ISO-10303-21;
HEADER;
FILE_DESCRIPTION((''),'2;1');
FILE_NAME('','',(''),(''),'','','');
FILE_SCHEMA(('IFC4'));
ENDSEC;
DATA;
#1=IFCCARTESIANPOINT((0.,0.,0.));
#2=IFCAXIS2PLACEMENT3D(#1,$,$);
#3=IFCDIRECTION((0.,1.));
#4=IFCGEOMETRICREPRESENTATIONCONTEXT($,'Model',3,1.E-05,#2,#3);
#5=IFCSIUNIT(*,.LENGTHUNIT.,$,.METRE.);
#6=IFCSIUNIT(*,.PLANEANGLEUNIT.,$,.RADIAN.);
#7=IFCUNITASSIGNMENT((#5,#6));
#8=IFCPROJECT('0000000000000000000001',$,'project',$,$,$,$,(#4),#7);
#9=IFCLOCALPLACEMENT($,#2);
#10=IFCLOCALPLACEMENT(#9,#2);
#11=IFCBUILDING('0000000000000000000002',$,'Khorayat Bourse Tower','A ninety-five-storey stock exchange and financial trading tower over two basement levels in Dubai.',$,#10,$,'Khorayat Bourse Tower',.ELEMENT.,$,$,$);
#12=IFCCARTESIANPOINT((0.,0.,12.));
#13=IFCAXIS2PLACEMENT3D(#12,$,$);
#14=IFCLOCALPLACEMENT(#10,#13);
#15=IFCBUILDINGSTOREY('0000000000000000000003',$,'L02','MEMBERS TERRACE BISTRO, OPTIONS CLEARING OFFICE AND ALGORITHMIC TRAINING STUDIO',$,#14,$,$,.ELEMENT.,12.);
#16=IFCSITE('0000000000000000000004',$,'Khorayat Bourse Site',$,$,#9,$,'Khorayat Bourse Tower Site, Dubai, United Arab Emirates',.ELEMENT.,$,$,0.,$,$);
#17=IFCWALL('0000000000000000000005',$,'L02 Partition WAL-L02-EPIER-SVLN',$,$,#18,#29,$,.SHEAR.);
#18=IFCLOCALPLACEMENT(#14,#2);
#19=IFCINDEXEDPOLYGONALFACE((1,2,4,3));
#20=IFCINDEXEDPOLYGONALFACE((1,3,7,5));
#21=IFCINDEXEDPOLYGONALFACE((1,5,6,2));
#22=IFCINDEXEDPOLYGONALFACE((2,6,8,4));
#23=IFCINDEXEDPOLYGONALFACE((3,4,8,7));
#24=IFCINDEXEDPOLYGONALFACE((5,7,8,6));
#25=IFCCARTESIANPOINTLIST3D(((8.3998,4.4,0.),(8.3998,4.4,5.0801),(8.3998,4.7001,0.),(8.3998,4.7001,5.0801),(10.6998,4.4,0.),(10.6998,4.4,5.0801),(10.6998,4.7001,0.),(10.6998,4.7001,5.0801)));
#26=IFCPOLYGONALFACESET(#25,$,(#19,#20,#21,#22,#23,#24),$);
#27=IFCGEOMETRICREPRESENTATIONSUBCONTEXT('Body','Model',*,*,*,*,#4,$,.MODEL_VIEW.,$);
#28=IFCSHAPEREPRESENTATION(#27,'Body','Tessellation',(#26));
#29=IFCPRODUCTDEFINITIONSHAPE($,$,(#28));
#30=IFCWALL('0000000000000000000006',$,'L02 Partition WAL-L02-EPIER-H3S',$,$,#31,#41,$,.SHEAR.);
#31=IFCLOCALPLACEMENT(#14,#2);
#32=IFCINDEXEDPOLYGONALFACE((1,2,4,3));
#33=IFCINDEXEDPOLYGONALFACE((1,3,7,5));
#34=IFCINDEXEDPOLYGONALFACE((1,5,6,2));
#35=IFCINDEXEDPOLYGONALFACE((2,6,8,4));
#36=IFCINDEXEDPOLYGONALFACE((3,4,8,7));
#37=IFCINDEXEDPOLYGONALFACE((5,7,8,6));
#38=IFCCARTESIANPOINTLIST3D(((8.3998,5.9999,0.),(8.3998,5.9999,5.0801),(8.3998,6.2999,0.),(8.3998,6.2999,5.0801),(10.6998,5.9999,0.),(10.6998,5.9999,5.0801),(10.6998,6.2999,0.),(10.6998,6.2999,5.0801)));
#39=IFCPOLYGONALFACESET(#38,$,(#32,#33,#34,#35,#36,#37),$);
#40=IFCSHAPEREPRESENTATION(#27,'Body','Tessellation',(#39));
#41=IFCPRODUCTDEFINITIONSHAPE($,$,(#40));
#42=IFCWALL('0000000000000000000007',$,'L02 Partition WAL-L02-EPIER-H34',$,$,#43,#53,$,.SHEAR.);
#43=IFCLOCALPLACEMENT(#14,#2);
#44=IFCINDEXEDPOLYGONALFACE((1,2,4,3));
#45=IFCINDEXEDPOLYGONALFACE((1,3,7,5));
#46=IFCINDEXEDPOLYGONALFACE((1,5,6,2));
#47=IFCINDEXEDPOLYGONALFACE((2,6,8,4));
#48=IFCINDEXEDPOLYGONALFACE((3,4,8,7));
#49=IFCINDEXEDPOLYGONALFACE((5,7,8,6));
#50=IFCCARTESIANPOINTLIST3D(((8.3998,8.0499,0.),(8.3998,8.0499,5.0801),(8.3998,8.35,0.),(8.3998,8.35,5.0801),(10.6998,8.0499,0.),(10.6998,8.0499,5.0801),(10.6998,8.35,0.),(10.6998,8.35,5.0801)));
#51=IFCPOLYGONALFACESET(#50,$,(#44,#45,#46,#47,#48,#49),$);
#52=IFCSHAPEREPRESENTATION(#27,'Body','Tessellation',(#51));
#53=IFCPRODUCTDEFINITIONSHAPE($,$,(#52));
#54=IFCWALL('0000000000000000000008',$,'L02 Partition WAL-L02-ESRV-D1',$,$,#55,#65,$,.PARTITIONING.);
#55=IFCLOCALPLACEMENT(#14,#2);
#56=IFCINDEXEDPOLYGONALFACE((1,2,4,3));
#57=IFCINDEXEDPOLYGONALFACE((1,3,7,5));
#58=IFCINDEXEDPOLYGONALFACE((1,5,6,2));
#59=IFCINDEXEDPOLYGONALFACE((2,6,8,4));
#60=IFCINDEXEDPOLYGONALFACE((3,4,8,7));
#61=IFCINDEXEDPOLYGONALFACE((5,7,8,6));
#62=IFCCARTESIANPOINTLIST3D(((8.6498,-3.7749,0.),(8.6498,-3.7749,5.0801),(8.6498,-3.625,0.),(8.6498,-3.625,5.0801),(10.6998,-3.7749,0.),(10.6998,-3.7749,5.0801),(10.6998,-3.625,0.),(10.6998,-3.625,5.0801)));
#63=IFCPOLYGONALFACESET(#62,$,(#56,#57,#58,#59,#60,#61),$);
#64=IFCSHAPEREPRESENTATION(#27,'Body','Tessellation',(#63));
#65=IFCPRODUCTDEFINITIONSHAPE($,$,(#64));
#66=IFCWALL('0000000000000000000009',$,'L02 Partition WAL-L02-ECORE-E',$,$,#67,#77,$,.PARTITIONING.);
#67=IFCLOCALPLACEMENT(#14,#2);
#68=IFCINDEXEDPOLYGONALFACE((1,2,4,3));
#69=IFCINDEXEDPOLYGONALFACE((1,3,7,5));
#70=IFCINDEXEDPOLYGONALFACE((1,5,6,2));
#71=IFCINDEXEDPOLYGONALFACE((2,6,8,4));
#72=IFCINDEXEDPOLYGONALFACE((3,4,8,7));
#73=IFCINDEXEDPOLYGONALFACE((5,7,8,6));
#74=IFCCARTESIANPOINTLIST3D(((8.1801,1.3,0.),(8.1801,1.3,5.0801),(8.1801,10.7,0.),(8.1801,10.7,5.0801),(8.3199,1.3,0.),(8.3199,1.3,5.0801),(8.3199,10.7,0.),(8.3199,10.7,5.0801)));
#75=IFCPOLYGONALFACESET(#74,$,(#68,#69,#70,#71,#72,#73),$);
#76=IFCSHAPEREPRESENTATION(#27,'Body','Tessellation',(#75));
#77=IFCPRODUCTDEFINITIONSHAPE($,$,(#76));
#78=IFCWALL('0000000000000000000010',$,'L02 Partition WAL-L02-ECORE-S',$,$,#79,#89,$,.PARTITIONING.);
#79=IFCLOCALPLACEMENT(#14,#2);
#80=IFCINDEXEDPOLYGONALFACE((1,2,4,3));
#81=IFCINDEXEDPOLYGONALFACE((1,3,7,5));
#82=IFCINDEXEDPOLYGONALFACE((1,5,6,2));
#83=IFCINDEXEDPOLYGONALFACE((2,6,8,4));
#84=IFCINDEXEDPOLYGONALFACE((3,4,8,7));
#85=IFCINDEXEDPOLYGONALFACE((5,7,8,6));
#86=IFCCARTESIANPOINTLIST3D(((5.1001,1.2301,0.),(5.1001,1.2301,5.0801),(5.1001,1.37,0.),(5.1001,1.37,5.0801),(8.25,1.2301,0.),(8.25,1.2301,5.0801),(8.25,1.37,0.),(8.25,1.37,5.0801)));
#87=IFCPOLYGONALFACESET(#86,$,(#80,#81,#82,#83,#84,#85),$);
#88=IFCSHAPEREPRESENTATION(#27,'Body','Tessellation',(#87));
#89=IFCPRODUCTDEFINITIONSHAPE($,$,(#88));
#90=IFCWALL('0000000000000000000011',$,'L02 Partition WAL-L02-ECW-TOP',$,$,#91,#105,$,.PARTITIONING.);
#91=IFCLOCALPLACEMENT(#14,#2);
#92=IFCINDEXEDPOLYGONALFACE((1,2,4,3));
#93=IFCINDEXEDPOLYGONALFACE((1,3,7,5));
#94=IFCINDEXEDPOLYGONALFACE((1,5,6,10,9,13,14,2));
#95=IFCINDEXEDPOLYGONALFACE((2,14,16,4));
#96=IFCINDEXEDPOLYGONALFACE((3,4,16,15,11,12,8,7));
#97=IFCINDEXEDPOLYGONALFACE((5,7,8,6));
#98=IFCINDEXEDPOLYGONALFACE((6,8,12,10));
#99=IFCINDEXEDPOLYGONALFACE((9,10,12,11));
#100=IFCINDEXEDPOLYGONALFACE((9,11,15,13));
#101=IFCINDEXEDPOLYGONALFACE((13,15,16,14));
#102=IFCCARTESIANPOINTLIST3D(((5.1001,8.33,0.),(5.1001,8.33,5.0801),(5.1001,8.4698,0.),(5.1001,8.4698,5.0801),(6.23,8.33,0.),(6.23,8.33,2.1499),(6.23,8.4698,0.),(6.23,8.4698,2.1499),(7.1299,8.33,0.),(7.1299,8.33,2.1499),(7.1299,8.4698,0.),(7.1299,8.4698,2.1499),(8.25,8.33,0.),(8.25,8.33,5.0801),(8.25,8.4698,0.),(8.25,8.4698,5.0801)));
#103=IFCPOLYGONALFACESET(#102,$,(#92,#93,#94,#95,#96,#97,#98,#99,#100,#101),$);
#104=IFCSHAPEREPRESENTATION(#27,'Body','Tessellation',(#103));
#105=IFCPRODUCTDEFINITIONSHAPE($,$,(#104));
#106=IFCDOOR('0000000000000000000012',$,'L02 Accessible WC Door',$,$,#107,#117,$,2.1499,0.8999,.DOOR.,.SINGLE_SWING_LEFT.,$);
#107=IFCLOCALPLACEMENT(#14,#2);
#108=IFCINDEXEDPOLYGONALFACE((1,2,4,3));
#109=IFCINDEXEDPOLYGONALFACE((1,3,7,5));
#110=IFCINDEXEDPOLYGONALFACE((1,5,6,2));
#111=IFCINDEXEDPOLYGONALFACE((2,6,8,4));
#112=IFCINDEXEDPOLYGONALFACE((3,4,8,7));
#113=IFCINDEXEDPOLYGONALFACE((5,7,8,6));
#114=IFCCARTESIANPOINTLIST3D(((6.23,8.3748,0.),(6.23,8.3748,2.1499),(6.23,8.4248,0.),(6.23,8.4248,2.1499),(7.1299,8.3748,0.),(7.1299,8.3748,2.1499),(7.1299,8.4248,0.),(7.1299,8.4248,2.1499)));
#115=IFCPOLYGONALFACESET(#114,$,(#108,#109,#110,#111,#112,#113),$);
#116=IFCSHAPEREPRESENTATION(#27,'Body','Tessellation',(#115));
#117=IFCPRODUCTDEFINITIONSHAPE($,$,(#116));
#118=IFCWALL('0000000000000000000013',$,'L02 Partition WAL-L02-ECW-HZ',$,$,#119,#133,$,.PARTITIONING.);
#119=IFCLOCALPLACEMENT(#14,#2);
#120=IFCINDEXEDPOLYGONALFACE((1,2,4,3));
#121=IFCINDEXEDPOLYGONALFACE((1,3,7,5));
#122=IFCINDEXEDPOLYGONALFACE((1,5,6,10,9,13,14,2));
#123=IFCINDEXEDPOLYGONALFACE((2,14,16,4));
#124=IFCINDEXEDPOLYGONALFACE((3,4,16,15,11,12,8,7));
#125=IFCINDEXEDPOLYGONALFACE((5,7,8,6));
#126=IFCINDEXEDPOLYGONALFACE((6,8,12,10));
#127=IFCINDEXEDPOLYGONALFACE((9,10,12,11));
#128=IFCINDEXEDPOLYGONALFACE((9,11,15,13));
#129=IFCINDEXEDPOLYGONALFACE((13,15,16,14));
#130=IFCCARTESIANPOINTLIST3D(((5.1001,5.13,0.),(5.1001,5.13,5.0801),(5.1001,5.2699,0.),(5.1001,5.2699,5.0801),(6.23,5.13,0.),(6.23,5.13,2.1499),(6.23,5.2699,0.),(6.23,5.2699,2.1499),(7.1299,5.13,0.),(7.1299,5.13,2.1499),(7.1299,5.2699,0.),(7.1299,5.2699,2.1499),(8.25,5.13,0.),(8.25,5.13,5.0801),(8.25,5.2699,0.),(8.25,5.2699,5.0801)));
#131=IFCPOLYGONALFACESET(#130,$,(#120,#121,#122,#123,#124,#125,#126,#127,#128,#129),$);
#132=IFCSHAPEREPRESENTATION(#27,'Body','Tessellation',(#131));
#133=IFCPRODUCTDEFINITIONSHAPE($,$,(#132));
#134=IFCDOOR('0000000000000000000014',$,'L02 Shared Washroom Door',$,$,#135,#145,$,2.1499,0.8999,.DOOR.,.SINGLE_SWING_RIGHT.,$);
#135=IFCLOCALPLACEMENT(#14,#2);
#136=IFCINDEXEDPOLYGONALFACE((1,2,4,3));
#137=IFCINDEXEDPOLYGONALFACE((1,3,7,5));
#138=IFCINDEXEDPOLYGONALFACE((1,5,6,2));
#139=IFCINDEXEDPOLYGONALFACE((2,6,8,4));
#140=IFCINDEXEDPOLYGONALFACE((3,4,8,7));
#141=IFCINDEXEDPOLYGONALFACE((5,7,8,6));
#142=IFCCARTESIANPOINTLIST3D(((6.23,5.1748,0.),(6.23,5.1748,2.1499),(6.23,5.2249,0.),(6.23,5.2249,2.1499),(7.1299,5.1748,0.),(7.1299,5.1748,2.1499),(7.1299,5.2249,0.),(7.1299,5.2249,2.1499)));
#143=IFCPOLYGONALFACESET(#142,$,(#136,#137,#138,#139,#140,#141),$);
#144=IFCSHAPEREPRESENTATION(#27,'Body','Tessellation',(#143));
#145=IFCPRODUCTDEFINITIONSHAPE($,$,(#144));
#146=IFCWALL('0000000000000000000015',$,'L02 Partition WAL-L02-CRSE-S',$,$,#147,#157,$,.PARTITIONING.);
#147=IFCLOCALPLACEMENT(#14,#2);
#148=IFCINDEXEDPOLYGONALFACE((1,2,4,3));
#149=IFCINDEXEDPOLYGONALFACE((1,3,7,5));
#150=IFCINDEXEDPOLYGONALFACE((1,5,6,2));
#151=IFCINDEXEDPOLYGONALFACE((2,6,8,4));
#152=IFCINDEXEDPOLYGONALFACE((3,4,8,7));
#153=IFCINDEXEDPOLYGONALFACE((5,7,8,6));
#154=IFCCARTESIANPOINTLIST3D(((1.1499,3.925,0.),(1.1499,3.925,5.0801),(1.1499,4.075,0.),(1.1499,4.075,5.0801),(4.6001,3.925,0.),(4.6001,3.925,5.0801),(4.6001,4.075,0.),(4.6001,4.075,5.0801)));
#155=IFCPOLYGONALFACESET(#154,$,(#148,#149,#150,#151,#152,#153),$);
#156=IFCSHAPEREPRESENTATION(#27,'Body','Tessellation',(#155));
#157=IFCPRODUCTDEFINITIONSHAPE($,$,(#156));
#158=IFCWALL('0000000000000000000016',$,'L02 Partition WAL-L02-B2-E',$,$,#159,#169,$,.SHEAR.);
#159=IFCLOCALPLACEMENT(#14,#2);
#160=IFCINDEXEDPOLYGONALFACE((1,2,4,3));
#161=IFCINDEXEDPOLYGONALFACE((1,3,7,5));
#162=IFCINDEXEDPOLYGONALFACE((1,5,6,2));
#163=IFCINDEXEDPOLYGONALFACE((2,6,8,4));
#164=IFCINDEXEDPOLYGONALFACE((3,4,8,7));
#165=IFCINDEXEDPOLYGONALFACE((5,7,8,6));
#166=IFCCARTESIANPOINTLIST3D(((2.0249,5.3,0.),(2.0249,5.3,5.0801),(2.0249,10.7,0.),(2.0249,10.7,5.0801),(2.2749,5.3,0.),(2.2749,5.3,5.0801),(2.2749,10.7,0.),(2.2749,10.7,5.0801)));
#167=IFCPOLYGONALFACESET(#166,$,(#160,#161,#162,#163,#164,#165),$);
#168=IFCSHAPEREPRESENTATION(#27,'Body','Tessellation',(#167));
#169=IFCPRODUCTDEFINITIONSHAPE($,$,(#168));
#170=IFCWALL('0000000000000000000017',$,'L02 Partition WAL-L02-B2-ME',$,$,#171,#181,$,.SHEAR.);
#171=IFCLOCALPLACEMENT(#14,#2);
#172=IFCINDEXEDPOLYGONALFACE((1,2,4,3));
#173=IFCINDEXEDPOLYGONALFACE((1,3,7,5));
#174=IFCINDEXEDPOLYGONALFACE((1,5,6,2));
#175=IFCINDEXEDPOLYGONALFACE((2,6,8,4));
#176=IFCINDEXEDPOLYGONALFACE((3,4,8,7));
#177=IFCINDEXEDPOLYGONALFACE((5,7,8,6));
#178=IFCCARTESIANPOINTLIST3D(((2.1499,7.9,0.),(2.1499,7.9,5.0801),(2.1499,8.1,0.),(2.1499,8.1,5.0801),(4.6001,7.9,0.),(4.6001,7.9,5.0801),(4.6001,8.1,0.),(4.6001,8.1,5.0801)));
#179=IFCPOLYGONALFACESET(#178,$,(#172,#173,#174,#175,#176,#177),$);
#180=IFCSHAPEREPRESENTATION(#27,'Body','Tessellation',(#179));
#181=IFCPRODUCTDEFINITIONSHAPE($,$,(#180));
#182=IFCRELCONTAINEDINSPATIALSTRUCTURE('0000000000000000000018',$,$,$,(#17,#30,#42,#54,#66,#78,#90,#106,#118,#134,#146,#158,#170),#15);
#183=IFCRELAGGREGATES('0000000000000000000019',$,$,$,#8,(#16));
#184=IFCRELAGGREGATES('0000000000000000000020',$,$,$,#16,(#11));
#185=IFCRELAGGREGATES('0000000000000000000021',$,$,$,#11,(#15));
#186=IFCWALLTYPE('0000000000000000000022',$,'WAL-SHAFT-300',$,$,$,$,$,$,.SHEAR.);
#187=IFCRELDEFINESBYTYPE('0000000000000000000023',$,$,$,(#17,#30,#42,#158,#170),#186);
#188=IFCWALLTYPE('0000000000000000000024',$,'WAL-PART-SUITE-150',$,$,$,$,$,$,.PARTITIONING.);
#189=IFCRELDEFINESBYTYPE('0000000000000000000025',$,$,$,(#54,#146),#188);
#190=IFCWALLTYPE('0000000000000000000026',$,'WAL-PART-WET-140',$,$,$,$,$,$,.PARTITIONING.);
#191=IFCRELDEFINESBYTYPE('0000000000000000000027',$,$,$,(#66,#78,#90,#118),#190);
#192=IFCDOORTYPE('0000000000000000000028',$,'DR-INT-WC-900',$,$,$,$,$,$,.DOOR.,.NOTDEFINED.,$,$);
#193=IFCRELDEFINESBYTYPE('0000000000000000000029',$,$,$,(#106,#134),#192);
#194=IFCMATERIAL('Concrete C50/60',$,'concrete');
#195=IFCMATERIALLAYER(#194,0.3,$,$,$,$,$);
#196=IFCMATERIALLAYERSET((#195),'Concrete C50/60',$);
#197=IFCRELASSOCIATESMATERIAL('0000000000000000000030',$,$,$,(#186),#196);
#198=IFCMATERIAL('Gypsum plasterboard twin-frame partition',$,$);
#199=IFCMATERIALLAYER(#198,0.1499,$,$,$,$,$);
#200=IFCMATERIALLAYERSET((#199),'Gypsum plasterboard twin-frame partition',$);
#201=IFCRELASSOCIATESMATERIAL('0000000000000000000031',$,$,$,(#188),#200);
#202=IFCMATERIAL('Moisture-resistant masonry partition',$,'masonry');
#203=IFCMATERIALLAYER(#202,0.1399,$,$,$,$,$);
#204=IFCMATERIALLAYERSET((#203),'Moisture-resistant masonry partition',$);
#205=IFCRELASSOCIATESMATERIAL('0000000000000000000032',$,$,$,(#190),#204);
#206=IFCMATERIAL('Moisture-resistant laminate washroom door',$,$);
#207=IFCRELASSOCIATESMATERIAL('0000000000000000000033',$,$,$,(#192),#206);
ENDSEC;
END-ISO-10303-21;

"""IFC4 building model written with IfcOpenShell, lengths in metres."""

from ifc_helpers import new_model, si_unit, direction, frame, frame_2d, origin, place, context, subcontext, project, spatial, rectangle, extrude, source, transform, mapped, material, layer, layer_set, type_object, element, fill, save


model = new_model("IFC4")

# Units and contexts
model_context = context("Model", 3, precision=1e-05, world=origin(), true_north=direction((0.0, 1.0)))
body_context = subcontext(model_context, "Body", "Model", "MODEL_VIEW")
ifc_project = project(units=[si_unit("LENGTHUNIT", "METRE"), si_unit("PLANEANGLEUNIT", "RADIAN")], contexts=[model_context])

# Site, building, storey
site_placement = place(None, origin())
site = spatial("IfcSite", under=ifc_project, at=site_placement, Name="Khorayat Bourse Site", LongName="Khorayat Bourse Tower Site, Dubai, United Arab Emirates", CompositionType="ELEMENT", RefElevation=0.0)
building_placement = place(site_placement, origin())
building = spatial("IfcBuilding", under=site, at=building_placement, Name="Khorayat Bourse Tower", Description="A ninety-five-storey stock exchange and financial trading tower over two basement levels in Dubai.", LongName="Khorayat Bourse Tower", CompositionType="ELEMENT")
storey_placement = place(building_placement, frame((0.0, 0.0, 12.0)))
storey = spatial("IfcBuildingStorey", under=building, at=storey_placement, Name="L02", Description="MEMBERS TERRACE BISTRO, OPTIONS CLEARING OFFICE AND ALGORITHMIC TRAINING STUDIO", CompositionType="ELEMENT", Elevation=12.0)

# Walls
ifc_material_1 = material(Name="Concrete C50/60", Category="concrete")
ifc_layer_1 = layer(ifc_material_1, 0.3)
ifc_layer_set_1 = layer_set([ifc_layer_1], Name="Concrete C50/60")
wall_type_1 = type_object("IfcWallType", Name="WAL-SHAFT-300", PredefinedType="SHEAR", material=ifc_layer_set_1)
shared_shape_1 = source(origin(), body_context, "Body", "SweptSolid", [
    extrude(rectangle(XDim=2.3, YDim=0.3, at=frame_2d((1.1499, 0.0))), origin(), (0.0, 0.0, 1.0), 5.0801),
])
for number, where, z_axis, x_axis, name in (
    (1, (8.3999, 4.55, 0.0), (0.0, 0.0, 1.0), (1.0, 0.0, 0.0), "L02 Partition WAL-L02-EPIER-SVLN"),
    (2, (8.3999, 6.1499, 0.0), (0.0, 0.0, 1.0), (1.0, 0.0, 0.0), "L02 Partition WAL-L02-EPIER-H3S"),
    (3, (8.3999, 8.2, 0.0), (0.0, 0.0, 1.0), (1.0, 0.0, 0.0), "L02 Partition WAL-L02-EPIER-H34"),
):
    element("IfcWall", number, at=place(storey_placement, frame(where, z_axis=z_axis, x_axis=x_axis)), inside=storey, type_object=wall_type_1, Name=name, PredefinedType="SHEAR", context=body_context, shape_type="MappedRepresentation", body=[
        mapped(shared_shape_1, transform((0.0, 0.0, 0.0), scale=1.0)),
    ])
ifc_material_2 = material(Name="Gypsum plasterboard twin-frame partition")
ifc_layer_2 = layer(ifc_material_2, 0.1499)
ifc_layer_set_2 = layer_set([ifc_layer_2], Name="Gypsum plasterboard twin-frame partition")
wall_type_2 = type_object("IfcWallType", Name="WAL-PART-SUITE-150", PredefinedType="PARTITIONING", material=ifc_layer_set_2)
shared_shape_2 = source(origin(), body_context, "Body", "SweptSolid", [
    extrude(rectangle(XDim=2.05, YDim=0.1499, at=frame_2d((1.0249, 0.0))), origin(), (0.0, 0.0, 1.0), 5.0801),
])
wall_1_placement = place(storey_placement, frame((8.6499, -3.7, 0.0), z_axis=(0.0, 0.0, 1.0), x_axis=(1.0, 0.0, 0.0)))
element("IfcWall", 4, at=wall_1_placement, inside=storey, type_object=wall_type_2, Name="L02 Partition WAL-L02-ESRV-D1", PredefinedType="PARTITIONING", context=body_context, shape_type="MappedRepresentation", body=[
    mapped(shared_shape_2, transform((0.0, 0.0, 0.0), scale=1.0)),
])
ifc_material_3 = material(Name="Moisture-resistant masonry partition", Category="masonry")
ifc_layer_3 = layer(ifc_material_3, 0.1399)
ifc_layer_set_3 = layer_set([ifc_layer_3], Name="Moisture-resistant masonry partition")
wall_type_3 = type_object("IfcWallType", Name="WAL-PART-WET-140", PredefinedType="PARTITIONING", material=ifc_layer_set_3)
shared_shape_3 = source(origin(), body_context, "Body", "SweptSolid", [
    extrude(rectangle(XDim=9.3999, YDim=0.1399, at=frame_2d((4.7, 0.0))), origin(), (0.0, 0.0, 1.0), 5.0801),
])
wall_2_placement = place(storey_placement, frame((8.25, 1.3, 0.0), z_axis=(0.0, 0.0, 1.0), x_axis=(0.0, 1.0, 0.0)))
element("IfcWall", 5, at=wall_2_placement, inside=storey, type_object=wall_type_3, Name="L02 Partition WAL-L02-ECORE-E", PredefinedType="PARTITIONING", context=body_context, shape_type="MappedRepresentation", body=[
    mapped(shared_shape_3, transform((0.0, 0.0, 0.0), scale=1.0)),
])
shared_shape_4 = source(origin(), body_context, "Body", "SweptSolid", [
    extrude(rectangle(XDim=3.1499, YDim=0.1399, at=frame_2d((1.575, 0.0))), origin(), (0.0, 0.0, 1.0), 5.0801),
])
wall_3_placement = place(storey_placement, frame((5.1001, 1.3, 0.0), z_axis=(0.0, 0.0, 1.0), x_axis=(1.0, 0.0, 0.0)))
element("IfcWall", 6, at=wall_3_placement, inside=storey, type_object=wall_type_3, Name="L02 Partition WAL-L02-ECORE-S", PredefinedType="PARTITIONING", context=body_context, shape_type="MappedRepresentation", body=[
    mapped(shared_shape_4, transform((0.0, 0.0, 0.0), scale=1.0)),
])

# Walls, openings, doors
wall_4_placement = place(storey_placement, frame((5.1001, 8.3999, 0.0), z_axis=(0.0, 0.0, 1.0), x_axis=(1.0, 0.0, 0.0)))
wall_4 = element("IfcWall", 7, at=wall_4_placement, inside=storey, type_object=wall_type_3, Name="L02 Partition WAL-L02-ECW-TOP", PredefinedType="PARTITIONING", context=body_context, shape_type="MappedRepresentation", body=[
    mapped(shared_shape_4, transform((0.0, 0.0, 0.0), scale=1.0)),
])
shared_shape_5 = source(origin(), body_context, "Body", "SweptSolid", [
    extrude(rectangle(XDim=0.8999, YDim=2.1499, at=frame_2d((0.45, 1.075))), frame((0.0, 0.0798, 0.0), z_axis=(0.0, -1.0, 0.0), x_axis=(1.0, 0.0, 0.0)), (0.0, 0.0, 1.0), 0.1599),
])
opening_1_placement = place(wall_4_placement, frame((1.1299, 0.0, 0.0)))
opening_1 = element("IfcOpeningElement", 8, at=opening_1_placement, cuts=wall_4, PredefinedType="OPENING", context=body_context, shape_type="MappedRepresentation", body=[
    mapped(shared_shape_5, transform((0.0, 0.0, 0.0), scale=1.0)),
])
ifc_material_4 = material(Name="Moisture-resistant laminate washroom door")
door_type = type_object("IfcDoorType", Name="DR-INT-WC-900", OperationType="NOTDEFINED", PredefinedType="DOOR", material=ifc_material_4)
shared_shape_6 = source(origin(), body_context, "Body", "SweptSolid", [
    extrude(rectangle(XDim=0.8999, YDim=2.1499, at=frame_2d((0.45, 1.075))), frame((0.0, 0.0249, 0.0), z_axis=(0.0, -1.0, 0.0), x_axis=(1.0, 0.0, 0.0)), (0.0, 0.0, 1.0), 0.05),
])
door_1_placement = place(opening_1_placement, origin())
door_1 = element("IfcDoor", 9, at=door_1_placement, inside=storey, type_object=door_type, Name="L02 Accessible WC Door", OperationType="SINGLE_SWING_LEFT", OverallHeight=2.1499, OverallWidth=0.8999, PredefinedType="DOOR", context=body_context, shape_type="MappedRepresentation", body=[
    mapped(shared_shape_6, transform((0.0, 0.0, 0.0), scale=1.0)),
])
fill(opening_1, door_1)
wall_5_placement = place(storey_placement, frame((5.1001, 5.2, 0.0), z_axis=(0.0, 0.0, 1.0), x_axis=(1.0, 0.0, 0.0)))
wall_5 = element("IfcWall", 10, at=wall_5_placement, inside=storey, type_object=wall_type_3, Name="L02 Partition WAL-L02-ECW-HZ", PredefinedType="PARTITIONING", context=body_context, shape_type="MappedRepresentation", body=[
    mapped(shared_shape_4, transform((0.0, 0.0, 0.0), scale=1.0)),
])
opening_2_placement = place(wall_5_placement, frame((1.1299, 0.0, 0.0)))
opening_2 = element("IfcOpeningElement", 11, at=opening_2_placement, cuts=wall_5, PredefinedType="OPENING", context=body_context, shape_type="MappedRepresentation", body=[
    mapped(shared_shape_5, transform((0.0, 0.0, 0.0), scale=1.0)),
])
door_2_placement = place(opening_2_placement, origin())
door_2 = element("IfcDoor", 12, at=door_2_placement, inside=storey, type_object=door_type, Name="L02 Shared Washroom Door", OperationType="SINGLE_SWING_RIGHT", OverallHeight=2.1499, OverallWidth=0.8999, PredefinedType="DOOR", context=body_context, shape_type="MappedRepresentation", body=[
    mapped(shared_shape_6, transform((0.0, 0.0, 0.0), scale=1.0)),
])
fill(opening_2, door_2)

# Walls
shared_shape_7 = source(origin(), body_context, "Body", "SweptSolid", [
    extrude(rectangle(XDim=3.4502, YDim=0.1499, at=frame_2d((1.7251, 0.0))), origin(), (0.0, 0.0, 1.0), 5.0801),
])
wall_6_placement = place(storey_placement, frame((1.1499, 4.0, 0.0), z_axis=(0.0, 0.0, 1.0), x_axis=(1.0, 0.0, 0.0)))
element("IfcWall", 13, at=wall_6_placement, inside=storey, type_object=wall_type_2, Name="L02 Partition WAL-L02-CRSE-S", PredefinedType="PARTITIONING", context=body_context, shape_type="MappedRepresentation", body=[
    mapped(shared_shape_7, transform((0.0, 0.0, 0.0), scale=1.0)),
])
shared_shape_8 = source(origin(), body_context, "Body", "SweptSolid", [
    extrude(rectangle(XDim=5.3999, YDim=0.25, at=frame_2d((2.7, 0.0))), origin(), (0.0, 0.0, 1.0), 5.0801),
])
wall_7_placement = place(storey_placement, frame((2.1499, 5.3, 0.0), z_axis=(0.0, 0.0, 1.0), x_axis=(0.0, 1.0, 0.0)))
element("IfcWall", 14, at=wall_7_placement, inside=storey, type_object=wall_type_1, Name="L02 Partition WAL-L02-B2-E", PredefinedType="SHEAR", context=body_context, shape_type="MappedRepresentation", body=[
    mapped(shared_shape_8, transform((0.0, 0.0, 0.0), scale=1.0)),
])
shared_shape_9 = source(origin(), body_context, "Body", "SweptSolid", [
    extrude(rectangle(XDim=2.4502, YDim=0.2, at=frame_2d((1.2251, 0.0))), origin(), (0.0, 0.0, 1.0), 5.0801),
])
wall_8_placement = place(storey_placement, frame((2.1499, 8.0, 0.0), z_axis=(0.0, 0.0, 1.0), x_axis=(1.0, 0.0, 0.0)))
element("IfcWall", 15, at=wall_8_placement, inside=storey, type_object=wall_type_1, Name="L02 Partition WAL-L02-B2-ME", PredefinedType="SHEAR", context=body_context, shape_type="MappedRepresentation", body=[
    mapped(shared_shape_9, transform((0.0, 0.0, 0.0), scale=1.0)),
])

save(model, "model.ifc")
